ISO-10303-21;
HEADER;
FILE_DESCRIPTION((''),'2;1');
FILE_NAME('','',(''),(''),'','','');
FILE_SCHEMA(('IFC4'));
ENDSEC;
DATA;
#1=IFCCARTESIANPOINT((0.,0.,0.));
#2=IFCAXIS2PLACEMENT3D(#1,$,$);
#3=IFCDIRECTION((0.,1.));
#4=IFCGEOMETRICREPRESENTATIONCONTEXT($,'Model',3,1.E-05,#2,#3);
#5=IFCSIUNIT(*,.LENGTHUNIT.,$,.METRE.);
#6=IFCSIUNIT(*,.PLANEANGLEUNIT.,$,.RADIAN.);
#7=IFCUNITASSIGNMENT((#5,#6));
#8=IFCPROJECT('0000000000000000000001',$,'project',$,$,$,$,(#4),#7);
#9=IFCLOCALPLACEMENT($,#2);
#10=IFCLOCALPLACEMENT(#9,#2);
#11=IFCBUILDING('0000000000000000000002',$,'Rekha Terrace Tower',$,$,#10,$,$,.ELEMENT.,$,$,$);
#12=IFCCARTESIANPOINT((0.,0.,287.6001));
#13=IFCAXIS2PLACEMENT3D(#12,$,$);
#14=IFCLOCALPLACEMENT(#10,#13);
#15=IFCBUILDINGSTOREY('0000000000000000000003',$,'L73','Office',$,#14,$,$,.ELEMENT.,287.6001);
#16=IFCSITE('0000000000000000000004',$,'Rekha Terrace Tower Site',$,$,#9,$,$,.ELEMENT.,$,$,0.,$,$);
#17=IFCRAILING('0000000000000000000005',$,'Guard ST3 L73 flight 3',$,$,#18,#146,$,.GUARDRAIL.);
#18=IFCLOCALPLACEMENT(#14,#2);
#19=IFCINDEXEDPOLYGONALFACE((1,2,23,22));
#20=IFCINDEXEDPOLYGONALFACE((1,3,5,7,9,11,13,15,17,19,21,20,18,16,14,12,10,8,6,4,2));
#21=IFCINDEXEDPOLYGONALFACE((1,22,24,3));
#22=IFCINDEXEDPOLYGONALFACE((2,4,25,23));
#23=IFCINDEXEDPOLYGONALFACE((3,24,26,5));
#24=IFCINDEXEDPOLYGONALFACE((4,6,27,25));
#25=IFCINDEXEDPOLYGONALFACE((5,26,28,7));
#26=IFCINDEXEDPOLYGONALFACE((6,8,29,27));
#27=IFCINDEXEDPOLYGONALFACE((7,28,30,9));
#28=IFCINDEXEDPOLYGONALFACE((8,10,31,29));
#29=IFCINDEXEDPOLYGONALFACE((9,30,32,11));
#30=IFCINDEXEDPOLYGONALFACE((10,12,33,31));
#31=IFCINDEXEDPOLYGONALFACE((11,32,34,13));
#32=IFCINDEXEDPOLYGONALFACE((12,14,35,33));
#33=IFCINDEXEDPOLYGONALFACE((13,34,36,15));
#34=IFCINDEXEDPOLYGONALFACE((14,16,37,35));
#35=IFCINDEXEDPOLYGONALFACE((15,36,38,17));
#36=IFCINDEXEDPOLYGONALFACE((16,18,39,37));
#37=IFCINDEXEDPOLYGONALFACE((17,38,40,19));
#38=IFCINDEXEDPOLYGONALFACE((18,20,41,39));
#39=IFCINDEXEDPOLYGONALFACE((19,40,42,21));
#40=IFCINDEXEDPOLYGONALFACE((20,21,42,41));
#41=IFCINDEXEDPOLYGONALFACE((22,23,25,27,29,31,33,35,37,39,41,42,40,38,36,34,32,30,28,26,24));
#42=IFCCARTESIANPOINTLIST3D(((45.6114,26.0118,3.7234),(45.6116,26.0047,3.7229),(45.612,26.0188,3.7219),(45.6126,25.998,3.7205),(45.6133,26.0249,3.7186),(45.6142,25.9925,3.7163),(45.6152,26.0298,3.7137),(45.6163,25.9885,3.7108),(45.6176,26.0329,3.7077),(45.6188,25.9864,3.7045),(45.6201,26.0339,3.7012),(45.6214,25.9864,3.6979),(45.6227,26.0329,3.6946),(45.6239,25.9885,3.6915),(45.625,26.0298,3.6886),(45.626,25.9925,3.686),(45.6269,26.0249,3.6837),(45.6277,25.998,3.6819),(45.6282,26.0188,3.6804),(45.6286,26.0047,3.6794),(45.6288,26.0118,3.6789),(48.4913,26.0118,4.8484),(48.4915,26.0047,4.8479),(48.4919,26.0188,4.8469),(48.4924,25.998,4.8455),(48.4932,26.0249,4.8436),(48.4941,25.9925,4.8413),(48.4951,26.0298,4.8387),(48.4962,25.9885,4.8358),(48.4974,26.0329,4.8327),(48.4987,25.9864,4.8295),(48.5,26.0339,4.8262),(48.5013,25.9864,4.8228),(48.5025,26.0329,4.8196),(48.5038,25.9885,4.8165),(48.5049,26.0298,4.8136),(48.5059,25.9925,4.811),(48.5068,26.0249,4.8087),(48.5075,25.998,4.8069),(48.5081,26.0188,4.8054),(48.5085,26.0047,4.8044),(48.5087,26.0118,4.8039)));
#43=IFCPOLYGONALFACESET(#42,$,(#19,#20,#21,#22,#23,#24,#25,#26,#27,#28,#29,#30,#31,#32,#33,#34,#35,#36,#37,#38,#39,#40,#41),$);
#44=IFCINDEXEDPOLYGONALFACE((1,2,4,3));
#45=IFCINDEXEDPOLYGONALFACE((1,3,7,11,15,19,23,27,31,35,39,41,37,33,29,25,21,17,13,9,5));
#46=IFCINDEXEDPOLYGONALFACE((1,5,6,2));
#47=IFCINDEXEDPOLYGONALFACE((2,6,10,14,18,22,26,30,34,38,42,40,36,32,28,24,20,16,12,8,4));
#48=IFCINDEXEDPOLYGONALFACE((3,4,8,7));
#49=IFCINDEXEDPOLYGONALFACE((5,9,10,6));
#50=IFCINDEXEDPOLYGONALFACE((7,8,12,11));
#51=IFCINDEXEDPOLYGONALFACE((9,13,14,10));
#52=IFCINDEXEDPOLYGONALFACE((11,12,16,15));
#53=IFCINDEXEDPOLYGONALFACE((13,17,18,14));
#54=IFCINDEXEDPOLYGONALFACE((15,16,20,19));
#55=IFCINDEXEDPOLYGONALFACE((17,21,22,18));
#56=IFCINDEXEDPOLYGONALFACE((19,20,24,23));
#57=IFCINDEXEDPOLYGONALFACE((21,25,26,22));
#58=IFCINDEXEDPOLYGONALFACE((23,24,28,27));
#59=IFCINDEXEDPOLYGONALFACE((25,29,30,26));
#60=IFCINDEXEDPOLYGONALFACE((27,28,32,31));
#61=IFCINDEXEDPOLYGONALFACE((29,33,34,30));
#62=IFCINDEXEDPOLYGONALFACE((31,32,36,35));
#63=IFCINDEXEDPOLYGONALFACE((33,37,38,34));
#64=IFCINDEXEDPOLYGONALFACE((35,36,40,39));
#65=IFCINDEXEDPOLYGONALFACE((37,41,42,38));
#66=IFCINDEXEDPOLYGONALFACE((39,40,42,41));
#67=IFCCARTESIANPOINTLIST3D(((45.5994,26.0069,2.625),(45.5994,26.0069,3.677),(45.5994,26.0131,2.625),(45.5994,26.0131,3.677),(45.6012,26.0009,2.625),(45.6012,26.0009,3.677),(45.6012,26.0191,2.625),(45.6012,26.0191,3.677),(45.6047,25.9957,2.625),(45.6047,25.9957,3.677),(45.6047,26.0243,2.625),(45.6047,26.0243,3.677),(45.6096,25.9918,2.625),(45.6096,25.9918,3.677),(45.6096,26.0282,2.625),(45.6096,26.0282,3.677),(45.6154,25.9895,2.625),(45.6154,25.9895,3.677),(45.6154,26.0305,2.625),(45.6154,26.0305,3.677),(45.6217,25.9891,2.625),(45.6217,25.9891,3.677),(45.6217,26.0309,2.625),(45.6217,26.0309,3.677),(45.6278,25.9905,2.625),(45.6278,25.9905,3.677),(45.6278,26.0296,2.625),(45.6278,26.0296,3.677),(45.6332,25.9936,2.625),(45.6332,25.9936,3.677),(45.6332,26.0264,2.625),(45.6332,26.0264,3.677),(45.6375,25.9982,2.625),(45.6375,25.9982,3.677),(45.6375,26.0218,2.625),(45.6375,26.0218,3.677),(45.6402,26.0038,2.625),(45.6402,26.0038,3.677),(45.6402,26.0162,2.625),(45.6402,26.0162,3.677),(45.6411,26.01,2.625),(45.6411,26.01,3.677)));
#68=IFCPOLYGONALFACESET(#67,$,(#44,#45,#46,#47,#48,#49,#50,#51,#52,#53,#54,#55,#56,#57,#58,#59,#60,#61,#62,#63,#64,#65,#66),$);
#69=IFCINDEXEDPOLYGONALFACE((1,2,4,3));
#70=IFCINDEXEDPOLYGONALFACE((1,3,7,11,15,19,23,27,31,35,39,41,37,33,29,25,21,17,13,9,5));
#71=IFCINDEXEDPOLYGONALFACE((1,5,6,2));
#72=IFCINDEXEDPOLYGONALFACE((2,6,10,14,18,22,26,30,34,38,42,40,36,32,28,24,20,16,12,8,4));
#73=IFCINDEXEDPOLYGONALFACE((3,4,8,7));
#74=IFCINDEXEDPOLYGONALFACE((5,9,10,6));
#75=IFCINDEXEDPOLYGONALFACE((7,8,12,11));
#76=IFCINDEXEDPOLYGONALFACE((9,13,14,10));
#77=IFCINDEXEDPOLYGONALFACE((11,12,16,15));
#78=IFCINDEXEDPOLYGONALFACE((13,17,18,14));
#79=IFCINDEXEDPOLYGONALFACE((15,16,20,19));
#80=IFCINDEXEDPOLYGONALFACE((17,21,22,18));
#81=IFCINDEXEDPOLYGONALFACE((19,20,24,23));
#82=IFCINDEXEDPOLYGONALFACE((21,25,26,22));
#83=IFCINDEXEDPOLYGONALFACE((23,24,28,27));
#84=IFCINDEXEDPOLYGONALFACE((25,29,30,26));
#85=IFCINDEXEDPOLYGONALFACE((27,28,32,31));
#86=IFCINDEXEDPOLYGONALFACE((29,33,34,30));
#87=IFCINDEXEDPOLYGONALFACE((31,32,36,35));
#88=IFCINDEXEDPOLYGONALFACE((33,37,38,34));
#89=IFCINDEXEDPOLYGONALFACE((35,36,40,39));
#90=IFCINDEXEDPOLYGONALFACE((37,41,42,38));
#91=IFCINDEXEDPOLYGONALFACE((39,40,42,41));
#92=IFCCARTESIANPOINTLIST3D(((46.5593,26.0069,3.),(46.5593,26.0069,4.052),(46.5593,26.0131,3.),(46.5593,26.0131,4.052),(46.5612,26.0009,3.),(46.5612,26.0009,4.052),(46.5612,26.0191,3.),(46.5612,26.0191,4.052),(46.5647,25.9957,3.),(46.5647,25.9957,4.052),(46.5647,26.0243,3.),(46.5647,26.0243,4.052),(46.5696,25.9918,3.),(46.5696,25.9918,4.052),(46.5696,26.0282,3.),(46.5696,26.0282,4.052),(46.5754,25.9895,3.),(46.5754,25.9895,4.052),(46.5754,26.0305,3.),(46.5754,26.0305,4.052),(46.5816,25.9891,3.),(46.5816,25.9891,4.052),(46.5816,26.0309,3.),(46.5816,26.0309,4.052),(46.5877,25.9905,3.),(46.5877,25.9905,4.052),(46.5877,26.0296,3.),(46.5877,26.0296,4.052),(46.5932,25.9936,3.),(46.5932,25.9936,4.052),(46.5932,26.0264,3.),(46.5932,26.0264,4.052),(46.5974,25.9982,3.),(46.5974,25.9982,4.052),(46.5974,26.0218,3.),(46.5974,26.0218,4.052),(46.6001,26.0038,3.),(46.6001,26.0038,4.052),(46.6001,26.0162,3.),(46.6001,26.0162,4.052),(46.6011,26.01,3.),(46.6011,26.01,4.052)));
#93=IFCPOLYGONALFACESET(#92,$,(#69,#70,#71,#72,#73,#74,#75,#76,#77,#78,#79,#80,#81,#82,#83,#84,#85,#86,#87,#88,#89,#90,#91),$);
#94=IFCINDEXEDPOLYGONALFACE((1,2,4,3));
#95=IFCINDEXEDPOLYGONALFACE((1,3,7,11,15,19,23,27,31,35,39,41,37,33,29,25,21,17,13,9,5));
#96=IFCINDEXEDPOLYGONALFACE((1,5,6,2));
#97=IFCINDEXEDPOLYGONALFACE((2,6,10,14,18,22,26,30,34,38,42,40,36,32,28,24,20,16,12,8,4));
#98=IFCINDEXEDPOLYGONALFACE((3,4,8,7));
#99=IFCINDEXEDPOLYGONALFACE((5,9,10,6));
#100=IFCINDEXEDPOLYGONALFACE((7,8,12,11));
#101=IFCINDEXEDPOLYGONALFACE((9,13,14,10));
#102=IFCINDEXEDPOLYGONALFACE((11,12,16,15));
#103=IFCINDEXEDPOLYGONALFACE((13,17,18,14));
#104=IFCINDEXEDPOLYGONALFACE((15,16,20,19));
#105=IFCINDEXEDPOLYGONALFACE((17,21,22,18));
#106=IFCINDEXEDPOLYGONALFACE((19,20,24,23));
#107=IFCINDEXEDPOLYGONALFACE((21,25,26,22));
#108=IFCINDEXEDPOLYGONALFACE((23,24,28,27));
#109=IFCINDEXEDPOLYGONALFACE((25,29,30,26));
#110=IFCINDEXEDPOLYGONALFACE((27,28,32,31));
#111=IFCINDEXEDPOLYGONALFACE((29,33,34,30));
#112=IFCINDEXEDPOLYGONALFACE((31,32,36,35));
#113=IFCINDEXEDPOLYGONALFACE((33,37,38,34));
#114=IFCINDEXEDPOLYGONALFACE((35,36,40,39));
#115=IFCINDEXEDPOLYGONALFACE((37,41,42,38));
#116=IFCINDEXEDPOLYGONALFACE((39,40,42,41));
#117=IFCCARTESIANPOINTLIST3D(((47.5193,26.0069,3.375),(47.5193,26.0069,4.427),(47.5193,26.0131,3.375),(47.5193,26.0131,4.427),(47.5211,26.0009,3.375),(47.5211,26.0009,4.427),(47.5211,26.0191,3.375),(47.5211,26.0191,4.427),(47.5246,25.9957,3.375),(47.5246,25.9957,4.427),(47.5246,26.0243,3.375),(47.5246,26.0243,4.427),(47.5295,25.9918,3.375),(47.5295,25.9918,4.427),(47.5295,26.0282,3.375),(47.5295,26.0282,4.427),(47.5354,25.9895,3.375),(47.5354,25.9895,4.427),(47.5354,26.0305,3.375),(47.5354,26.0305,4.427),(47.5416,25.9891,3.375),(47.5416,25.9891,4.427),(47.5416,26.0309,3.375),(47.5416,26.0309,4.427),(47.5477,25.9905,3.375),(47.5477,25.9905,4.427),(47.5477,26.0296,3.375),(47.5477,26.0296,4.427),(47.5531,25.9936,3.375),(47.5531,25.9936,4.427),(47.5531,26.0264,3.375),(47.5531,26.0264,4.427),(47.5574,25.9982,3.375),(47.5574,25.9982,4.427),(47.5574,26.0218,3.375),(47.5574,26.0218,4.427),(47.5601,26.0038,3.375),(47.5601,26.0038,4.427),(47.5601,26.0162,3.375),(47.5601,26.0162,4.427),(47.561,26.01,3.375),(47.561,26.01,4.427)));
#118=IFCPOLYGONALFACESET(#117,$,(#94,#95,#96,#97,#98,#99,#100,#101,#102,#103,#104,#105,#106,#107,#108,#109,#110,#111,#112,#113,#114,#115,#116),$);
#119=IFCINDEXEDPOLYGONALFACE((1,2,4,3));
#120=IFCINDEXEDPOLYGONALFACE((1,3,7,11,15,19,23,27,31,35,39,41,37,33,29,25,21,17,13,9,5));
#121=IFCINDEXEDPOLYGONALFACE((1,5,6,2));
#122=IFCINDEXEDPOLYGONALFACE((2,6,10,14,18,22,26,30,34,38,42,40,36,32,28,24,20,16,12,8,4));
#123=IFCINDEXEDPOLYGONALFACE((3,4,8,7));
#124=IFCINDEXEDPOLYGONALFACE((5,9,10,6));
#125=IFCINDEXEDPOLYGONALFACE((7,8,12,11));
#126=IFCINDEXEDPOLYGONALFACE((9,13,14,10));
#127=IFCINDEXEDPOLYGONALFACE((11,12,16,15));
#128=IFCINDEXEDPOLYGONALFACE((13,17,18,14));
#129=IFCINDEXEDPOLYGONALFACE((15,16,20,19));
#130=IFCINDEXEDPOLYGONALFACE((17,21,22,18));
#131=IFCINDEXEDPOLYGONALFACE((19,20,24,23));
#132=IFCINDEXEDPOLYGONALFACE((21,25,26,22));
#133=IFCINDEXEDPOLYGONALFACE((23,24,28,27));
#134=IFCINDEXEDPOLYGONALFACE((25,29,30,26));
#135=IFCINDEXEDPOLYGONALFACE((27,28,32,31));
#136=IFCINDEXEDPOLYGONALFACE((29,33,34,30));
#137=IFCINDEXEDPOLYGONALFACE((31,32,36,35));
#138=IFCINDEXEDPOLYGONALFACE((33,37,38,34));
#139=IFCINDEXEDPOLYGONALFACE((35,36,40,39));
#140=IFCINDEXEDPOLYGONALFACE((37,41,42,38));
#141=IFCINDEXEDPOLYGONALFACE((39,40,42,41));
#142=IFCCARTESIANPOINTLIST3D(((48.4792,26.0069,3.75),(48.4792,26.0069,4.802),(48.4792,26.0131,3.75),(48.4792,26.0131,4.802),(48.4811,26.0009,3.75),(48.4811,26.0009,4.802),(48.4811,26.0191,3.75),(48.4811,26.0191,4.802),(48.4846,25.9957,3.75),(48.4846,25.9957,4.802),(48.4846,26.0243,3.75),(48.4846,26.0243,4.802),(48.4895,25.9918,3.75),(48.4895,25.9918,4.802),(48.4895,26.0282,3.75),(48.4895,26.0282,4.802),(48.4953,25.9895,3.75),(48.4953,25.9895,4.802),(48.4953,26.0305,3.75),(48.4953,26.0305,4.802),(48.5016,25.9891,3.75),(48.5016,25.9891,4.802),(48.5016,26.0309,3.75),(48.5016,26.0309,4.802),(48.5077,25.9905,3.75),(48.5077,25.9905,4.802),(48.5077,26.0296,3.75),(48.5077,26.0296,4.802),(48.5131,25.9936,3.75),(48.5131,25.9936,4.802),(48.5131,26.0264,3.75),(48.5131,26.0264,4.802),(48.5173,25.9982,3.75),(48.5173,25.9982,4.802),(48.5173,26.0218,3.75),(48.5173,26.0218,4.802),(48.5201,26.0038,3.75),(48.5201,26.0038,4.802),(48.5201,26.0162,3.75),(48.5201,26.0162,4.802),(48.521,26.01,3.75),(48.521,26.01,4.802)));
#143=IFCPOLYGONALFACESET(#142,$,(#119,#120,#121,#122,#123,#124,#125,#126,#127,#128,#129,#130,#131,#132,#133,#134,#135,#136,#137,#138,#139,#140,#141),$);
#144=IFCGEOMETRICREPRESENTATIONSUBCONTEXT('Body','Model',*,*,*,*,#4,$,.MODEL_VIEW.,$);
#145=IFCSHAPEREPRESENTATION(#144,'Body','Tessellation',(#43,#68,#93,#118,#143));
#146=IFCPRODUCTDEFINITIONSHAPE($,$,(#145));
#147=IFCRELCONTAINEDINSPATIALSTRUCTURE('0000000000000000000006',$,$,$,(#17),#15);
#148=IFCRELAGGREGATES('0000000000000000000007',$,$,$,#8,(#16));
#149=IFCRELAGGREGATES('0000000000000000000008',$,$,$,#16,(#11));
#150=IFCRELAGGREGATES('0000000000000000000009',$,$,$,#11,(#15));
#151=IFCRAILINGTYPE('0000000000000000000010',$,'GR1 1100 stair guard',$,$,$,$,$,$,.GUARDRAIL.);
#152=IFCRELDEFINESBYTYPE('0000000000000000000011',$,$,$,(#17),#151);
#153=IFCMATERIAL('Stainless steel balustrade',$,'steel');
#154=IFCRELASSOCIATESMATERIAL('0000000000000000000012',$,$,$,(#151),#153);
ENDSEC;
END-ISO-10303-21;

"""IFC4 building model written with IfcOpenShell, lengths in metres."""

from ifc_helpers import new_model, si_unit, direction, frame, origin, origin_2d, place, context, subcontext, project, spatial, circle, extrude, material, type_object, element, save


model = new_model("IFC4")

# Units and contexts
model_context = context("Model", 3, precision=1e-05, world=origin(), true_north=direction((0.0, 1.0)))
body_context = subcontext(model_context, "Body", "Model", "MODEL_VIEW")
ifc_project = project(units=[si_unit("LENGTHUNIT", "METRE"), si_unit("PLANEANGLEUNIT", "RADIAN")], contexts=[model_context])

# Site, building, storey
site_placement = place(None, origin())
site = spatial("IfcSite", under=ifc_project, at=site_placement, Name="Rekha Terrace Tower Site", CompositionType="ELEMENT", RefElevation=0.0)
building_placement = place(site_placement, origin())
building = spatial("IfcBuilding", under=site, at=building_placement, Name="Rekha Terrace Tower", CompositionType="ELEMENT")
storey_placement = place(building_placement, frame((0.0, 0.0, 287.6001)))
storey = spatial("IfcBuildingStorey", under=building, at=storey_placement, Name="L73", Description="Office", CompositionType="ELEMENT", Elevation=287.6001)

# Railing
ifc_material_1 = material(Name="Stainless steel balustrade", Category="steel")
railing_type_1 = type_object("IfcRailingType", Name="GR1 1100 stair guard", PredefinedType="GUARDRAIL", material=ifc_material_1)
railing_1_placement = place(storey_placement, frame((45.6201, 26.01, 2.625)))
element("IfcRailing", 1, at=railing_1_placement, inside=storey, type_object=railing_type_1, Name="Guard ST3 L73 flight 3", PredefinedType="GUARDRAIL", context=body_context, shape_type="SweptSolid", body=[
    extrude(circle(Radius=0.0239, at=origin_2d()), frame((0.0, 0.0, 1.0762), z_axis=(0.931452, 0.0, 0.363863), x_axis=(0.0, 1.0, 0.0)), (0.0, 0.0, 1.0), 3.0918),
    extrude(circle(Radius=0.021, at=origin_2d()), origin(), (0.0, 0.0, 1.0), 1.052),
    extrude(circle(Radius=0.021, at=origin_2d()), frame((0.96, 0.0, 0.375)), (0.0, 0.0, 1.0), 1.052),
    extrude(circle(Radius=0.021, at=origin_2d()), frame((1.9199, 0.0, 0.75)), (0.0, 0.0, 1.0), 1.052),
    extrude(circle(Radius=0.021, at=origin_2d()), frame((2.8799, 0.0, 1.125)), (0.0, 0.0, 1.0), 1.052),
])

save(model, "model.ifc")
